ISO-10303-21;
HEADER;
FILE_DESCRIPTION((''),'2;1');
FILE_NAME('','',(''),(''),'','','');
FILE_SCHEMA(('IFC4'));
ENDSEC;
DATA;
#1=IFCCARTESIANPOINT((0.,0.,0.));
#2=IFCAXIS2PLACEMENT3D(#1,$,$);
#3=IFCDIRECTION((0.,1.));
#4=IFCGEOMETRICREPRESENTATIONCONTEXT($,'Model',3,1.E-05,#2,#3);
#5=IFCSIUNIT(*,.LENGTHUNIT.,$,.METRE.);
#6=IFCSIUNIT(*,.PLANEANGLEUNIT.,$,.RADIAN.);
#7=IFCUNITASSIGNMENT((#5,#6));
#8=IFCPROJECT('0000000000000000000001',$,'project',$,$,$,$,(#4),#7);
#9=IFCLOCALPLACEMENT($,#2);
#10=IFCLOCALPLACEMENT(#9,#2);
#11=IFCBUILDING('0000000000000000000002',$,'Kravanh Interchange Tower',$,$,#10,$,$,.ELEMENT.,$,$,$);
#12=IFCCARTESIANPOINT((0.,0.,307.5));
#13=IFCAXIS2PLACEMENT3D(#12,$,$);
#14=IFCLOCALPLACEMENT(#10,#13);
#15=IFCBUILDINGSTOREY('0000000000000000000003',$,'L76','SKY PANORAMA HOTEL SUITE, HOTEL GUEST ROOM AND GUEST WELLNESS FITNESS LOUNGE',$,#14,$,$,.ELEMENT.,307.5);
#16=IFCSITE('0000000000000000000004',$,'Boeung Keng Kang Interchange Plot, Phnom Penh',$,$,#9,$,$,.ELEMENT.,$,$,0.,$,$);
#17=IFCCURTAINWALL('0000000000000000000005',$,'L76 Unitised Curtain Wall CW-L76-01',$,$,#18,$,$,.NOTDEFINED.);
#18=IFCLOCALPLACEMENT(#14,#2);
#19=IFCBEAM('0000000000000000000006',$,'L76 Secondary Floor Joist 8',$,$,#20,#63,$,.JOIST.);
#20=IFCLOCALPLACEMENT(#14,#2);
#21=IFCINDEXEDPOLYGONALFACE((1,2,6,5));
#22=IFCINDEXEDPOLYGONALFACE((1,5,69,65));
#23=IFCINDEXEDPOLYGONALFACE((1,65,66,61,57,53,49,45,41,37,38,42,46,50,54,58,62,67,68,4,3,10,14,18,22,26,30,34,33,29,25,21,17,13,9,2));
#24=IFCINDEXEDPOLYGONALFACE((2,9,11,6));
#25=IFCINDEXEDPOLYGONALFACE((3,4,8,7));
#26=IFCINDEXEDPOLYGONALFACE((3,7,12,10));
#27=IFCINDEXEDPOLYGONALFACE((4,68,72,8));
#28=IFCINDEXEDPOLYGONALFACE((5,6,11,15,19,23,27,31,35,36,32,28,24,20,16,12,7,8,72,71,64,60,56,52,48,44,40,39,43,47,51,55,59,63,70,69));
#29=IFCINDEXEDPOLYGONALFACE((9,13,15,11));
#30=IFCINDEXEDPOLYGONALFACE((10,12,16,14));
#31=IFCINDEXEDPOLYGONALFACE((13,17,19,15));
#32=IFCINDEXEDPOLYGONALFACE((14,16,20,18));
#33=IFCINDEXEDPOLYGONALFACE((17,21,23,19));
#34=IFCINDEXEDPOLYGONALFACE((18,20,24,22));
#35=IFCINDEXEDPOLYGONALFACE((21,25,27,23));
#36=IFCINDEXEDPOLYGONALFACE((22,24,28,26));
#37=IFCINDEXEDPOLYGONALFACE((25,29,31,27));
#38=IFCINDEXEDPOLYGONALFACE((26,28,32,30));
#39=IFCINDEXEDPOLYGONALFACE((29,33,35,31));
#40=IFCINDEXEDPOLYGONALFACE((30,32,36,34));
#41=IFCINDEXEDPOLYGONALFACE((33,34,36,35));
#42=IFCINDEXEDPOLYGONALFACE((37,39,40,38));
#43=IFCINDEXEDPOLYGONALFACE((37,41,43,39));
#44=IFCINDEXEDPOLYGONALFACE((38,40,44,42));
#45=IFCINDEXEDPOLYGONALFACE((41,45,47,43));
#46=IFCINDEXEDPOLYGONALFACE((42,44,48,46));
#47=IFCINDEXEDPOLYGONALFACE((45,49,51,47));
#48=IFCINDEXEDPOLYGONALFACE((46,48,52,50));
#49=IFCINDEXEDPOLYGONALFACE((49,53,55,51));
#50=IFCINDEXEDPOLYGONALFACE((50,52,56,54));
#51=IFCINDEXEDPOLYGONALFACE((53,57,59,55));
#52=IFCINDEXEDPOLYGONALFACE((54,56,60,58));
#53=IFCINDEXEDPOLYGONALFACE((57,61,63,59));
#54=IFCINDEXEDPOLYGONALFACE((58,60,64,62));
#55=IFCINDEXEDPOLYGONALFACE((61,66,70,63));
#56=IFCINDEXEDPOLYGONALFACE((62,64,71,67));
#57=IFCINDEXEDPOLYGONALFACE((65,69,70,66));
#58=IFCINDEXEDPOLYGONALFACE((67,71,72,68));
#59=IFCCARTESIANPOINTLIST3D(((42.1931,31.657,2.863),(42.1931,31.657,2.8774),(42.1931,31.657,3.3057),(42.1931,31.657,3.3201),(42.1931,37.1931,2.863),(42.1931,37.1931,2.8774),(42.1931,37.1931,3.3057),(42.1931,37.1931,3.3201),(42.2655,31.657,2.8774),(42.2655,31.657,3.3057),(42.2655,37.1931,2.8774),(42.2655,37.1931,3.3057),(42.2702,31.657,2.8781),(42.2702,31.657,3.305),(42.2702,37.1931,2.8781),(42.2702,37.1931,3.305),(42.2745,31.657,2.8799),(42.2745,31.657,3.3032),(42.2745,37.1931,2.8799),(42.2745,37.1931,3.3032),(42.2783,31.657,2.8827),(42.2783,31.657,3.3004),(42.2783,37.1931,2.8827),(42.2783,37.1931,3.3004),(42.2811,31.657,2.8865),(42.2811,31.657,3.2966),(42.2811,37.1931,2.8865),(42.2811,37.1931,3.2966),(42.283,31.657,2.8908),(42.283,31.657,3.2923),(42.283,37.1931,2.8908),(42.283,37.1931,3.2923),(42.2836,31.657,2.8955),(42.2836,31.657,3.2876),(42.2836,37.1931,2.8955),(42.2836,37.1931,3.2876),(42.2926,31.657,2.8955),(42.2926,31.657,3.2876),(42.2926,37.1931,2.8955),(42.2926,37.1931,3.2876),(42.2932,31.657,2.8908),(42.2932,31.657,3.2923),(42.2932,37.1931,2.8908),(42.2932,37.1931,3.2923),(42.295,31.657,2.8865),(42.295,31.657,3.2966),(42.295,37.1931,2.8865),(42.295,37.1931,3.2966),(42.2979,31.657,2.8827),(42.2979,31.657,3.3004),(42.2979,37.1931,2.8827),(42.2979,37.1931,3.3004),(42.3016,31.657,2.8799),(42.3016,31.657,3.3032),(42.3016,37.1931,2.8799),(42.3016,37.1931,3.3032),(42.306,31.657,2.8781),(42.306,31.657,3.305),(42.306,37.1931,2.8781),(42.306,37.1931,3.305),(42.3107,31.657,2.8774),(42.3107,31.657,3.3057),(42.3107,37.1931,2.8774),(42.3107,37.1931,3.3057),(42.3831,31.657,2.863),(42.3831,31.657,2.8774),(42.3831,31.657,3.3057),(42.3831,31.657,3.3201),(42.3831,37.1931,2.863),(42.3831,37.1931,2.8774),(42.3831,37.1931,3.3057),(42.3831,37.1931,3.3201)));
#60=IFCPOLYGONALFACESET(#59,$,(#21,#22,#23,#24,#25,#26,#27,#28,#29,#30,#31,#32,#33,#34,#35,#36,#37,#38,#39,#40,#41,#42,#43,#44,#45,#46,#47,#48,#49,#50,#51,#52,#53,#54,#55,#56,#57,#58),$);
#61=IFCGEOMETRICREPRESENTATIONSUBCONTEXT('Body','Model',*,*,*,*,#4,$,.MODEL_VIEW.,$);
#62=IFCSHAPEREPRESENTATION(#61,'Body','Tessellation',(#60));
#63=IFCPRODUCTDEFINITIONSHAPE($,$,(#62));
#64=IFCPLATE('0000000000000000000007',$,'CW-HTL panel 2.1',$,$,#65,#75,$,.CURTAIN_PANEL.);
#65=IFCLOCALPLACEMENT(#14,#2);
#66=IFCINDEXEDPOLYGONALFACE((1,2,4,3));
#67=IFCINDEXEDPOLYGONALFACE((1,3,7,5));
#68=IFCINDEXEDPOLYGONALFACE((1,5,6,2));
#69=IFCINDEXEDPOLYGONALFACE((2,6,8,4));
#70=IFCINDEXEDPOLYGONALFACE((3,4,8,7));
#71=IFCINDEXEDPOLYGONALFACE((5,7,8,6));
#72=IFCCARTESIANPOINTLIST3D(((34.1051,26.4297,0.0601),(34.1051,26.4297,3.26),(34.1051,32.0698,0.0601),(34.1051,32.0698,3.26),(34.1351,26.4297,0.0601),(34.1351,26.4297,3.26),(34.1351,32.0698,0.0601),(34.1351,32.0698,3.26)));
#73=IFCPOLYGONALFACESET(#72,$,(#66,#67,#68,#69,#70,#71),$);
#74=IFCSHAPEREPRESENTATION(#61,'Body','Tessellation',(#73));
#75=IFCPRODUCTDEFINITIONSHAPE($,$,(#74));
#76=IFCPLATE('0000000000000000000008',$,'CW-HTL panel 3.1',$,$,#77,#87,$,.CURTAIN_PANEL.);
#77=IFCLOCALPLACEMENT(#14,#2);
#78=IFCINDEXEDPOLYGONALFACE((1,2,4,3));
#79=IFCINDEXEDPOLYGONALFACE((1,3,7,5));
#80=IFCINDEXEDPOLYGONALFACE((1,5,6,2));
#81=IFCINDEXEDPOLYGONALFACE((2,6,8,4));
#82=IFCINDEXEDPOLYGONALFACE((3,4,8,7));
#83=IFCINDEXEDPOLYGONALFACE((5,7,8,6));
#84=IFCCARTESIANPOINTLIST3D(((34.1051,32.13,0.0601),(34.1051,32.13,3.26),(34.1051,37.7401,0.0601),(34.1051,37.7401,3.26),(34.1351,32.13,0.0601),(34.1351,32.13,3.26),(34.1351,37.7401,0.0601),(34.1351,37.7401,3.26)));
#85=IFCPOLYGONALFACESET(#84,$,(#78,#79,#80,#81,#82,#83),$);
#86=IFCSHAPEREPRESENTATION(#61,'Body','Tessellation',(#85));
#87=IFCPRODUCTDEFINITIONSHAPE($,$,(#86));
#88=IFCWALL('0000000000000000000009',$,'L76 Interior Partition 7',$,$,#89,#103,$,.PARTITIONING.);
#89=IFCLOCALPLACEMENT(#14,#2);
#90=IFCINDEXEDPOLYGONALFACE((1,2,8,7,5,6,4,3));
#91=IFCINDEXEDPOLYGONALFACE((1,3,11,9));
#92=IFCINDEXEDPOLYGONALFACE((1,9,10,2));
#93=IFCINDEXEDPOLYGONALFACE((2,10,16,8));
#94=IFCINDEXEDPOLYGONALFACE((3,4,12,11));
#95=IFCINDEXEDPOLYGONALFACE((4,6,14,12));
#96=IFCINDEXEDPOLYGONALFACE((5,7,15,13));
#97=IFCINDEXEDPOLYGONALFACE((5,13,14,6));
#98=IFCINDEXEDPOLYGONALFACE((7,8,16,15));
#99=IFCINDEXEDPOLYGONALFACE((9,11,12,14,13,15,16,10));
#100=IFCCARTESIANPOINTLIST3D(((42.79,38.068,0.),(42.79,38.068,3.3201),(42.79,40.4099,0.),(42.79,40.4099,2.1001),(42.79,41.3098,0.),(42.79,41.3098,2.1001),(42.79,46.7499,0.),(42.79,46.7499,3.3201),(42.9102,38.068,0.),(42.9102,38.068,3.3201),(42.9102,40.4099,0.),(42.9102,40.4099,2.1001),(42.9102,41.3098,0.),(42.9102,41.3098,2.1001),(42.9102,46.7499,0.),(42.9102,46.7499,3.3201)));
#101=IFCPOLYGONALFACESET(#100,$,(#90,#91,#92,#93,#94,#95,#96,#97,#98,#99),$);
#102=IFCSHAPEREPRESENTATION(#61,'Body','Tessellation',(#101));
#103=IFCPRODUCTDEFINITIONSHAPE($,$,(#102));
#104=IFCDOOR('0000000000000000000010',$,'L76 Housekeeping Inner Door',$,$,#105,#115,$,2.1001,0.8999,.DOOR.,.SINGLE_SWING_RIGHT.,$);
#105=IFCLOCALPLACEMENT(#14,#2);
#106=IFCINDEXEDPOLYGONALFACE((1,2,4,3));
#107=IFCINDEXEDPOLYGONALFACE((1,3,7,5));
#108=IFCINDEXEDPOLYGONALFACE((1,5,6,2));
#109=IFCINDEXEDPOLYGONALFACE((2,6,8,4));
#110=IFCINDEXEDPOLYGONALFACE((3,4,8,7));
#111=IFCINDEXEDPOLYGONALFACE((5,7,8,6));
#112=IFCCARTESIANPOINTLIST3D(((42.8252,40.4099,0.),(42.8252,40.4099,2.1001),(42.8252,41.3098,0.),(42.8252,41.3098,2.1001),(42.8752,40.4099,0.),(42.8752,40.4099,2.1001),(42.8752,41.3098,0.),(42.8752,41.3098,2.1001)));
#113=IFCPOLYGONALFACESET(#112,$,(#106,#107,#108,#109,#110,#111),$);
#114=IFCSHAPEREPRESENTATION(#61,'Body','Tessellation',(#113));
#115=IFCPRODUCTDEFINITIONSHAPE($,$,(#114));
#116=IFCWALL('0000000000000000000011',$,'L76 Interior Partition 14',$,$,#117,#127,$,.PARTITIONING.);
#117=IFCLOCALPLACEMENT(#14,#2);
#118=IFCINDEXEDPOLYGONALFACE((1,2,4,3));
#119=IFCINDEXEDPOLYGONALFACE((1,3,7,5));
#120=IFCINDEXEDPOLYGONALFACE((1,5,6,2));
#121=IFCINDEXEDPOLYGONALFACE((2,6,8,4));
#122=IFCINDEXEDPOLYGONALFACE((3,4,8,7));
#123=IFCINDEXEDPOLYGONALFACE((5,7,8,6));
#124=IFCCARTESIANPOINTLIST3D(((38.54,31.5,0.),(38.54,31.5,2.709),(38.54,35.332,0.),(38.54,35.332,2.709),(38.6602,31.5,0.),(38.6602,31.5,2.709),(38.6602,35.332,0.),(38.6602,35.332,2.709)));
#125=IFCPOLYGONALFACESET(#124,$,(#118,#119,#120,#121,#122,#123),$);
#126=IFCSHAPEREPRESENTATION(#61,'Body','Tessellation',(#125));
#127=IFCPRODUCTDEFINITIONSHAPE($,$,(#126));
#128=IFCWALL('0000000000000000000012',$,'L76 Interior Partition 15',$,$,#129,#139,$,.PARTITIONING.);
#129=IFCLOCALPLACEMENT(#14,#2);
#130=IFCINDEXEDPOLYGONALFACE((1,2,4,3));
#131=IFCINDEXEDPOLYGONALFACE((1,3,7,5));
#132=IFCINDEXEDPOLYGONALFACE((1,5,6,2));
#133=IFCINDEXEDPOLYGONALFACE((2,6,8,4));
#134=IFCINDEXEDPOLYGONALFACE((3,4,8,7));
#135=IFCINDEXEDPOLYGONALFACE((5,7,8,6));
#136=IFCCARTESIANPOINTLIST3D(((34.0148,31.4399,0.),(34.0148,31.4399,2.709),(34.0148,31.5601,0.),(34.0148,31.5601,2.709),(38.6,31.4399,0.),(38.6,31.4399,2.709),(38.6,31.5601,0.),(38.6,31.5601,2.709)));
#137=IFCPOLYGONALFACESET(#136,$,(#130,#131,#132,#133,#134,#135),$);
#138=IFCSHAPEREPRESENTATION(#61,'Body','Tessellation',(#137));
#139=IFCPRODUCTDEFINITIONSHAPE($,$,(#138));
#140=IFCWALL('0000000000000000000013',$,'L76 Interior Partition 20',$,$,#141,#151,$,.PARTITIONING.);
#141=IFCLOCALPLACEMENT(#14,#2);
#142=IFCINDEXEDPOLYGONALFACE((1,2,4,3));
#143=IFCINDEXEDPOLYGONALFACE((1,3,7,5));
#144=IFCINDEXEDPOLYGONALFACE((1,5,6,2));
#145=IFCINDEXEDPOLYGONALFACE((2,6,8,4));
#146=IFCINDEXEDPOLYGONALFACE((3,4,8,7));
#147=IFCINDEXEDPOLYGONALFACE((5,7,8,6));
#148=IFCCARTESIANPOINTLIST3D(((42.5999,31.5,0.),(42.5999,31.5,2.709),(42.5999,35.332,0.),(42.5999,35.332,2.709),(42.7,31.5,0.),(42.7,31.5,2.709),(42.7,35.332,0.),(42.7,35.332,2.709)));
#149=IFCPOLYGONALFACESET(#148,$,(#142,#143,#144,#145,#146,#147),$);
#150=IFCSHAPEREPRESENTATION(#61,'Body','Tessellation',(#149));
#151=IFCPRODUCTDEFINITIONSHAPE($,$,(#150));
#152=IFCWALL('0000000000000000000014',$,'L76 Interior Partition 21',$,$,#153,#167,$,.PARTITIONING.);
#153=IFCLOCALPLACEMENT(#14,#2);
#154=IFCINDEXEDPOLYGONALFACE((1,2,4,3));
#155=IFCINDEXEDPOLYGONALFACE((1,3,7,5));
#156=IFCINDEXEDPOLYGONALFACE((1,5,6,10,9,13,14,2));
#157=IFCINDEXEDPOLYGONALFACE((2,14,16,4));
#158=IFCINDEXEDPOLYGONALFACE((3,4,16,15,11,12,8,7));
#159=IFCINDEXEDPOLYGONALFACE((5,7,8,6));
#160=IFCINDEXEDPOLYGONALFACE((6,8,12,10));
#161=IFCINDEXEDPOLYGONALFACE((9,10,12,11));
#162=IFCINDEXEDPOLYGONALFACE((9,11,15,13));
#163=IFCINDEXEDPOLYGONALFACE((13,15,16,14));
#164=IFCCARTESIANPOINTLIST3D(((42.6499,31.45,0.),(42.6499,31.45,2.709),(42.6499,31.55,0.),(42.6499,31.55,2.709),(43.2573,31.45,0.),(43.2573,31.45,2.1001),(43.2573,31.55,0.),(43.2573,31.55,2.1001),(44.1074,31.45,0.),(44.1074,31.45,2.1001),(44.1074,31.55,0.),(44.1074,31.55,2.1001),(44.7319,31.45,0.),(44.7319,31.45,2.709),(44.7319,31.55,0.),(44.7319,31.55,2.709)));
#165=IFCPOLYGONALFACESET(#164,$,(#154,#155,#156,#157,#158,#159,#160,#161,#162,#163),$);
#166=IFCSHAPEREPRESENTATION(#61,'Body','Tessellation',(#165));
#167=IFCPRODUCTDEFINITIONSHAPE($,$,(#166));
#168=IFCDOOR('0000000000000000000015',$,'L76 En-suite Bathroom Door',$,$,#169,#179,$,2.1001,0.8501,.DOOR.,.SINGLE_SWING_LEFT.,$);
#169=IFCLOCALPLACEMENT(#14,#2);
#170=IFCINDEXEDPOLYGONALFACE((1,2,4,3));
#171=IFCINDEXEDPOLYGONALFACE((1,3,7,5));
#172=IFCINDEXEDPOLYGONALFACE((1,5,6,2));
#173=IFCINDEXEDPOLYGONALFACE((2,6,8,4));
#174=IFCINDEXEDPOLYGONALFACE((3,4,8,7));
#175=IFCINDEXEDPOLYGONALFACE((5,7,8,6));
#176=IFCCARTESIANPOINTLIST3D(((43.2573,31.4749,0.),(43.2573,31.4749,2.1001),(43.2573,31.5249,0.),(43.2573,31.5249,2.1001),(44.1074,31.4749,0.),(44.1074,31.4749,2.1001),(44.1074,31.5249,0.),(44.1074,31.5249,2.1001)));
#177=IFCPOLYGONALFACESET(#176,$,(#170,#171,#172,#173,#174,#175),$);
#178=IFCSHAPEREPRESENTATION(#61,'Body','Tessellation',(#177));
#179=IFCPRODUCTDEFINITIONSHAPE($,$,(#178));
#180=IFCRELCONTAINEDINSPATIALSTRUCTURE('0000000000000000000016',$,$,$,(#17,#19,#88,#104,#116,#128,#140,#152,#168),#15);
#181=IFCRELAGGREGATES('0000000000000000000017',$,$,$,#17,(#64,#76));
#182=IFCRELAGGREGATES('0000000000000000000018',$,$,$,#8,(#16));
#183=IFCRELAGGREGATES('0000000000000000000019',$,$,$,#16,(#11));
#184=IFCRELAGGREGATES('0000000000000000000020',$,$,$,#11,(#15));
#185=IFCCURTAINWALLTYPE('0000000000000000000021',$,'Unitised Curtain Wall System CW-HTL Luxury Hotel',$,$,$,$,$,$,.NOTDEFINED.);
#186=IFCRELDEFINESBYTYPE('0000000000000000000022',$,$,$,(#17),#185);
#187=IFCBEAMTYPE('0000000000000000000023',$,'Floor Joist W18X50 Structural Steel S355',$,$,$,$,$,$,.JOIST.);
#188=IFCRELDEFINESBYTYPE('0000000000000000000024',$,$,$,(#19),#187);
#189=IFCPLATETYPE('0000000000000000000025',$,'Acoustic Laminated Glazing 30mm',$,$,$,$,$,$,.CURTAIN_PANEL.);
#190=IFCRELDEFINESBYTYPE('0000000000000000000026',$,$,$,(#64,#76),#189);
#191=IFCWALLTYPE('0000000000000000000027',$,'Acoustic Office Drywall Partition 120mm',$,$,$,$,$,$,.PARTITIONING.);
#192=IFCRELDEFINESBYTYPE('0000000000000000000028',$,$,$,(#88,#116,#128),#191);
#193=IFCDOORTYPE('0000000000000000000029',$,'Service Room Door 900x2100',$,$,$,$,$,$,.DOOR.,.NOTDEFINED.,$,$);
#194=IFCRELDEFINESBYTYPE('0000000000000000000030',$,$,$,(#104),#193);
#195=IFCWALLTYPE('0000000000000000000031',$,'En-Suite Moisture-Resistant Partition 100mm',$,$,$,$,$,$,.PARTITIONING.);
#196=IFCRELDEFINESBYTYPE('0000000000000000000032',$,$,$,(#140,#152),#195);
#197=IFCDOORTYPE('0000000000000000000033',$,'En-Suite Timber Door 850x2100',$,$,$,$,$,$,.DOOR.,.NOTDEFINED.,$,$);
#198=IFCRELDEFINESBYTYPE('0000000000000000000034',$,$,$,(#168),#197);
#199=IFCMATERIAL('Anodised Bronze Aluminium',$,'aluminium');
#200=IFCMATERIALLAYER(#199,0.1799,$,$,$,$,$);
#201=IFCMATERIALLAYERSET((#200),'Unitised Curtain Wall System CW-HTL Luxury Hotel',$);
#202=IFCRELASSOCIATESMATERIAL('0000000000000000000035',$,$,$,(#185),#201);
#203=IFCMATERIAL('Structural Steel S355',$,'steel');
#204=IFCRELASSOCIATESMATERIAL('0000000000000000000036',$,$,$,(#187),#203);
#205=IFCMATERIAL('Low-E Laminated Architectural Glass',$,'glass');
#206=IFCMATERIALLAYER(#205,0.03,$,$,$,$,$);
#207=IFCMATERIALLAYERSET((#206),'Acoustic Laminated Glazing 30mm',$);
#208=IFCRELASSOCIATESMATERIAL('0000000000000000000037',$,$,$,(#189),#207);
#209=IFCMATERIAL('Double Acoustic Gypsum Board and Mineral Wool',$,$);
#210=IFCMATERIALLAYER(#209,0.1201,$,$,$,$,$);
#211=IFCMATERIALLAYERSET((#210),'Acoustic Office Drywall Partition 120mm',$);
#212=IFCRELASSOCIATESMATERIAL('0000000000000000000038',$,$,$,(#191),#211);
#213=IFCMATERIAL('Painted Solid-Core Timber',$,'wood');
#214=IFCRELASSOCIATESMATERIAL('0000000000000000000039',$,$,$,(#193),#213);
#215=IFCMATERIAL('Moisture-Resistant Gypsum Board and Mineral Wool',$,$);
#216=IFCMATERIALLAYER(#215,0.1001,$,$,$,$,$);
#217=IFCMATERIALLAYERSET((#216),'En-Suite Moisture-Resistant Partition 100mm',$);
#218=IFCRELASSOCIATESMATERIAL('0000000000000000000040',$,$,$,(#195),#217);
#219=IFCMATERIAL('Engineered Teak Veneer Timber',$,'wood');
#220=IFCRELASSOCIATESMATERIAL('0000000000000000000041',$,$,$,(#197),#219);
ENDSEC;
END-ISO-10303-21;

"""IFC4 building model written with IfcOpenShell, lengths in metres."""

from ifc_helpers import new_model, si_unit, direction, frame, frame_2d, origin, origin_2d, place, context, subcontext, project, spatial, rectangle, i_section, extrude, material, layer, layer_set, material_profile, profile_set, type_object, element, fill, aggregate, save


model = new_model("IFC4")

# Units and contexts
model_context = context("Model", 3, precision=1e-05, world=origin(), true_north=direction((0.0, 1.0)))
body_context = subcontext(model_context, "Body", "Model", "MODEL_VIEW")
ifc_project = project(units=[si_unit("LENGTHUNIT", "METRE"), si_unit("PLANEANGLEUNIT", "RADIAN")], contexts=[model_context])

# Site, building, storey
site_placement = place(None, origin())
site = spatial("IfcSite", under=ifc_project, at=site_placement, Name="Boeung Keng Kang Interchange Plot, Phnom Penh", CompositionType="ELEMENT", RefElevation=0.0)
building_placement = place(site_placement, origin())
building = spatial("IfcBuilding", under=site, at=building_placement, Name="Kravanh Interchange Tower", CompositionType="ELEMENT")
storey_placement = place(building_placement, frame((0.0, 0.0, 307.5)))
storey = spatial("IfcBuildingStorey", under=building, at=storey_placement, Name="L76", Description="SKY PANORAMA HOTEL SUITE, HOTEL GUEST ROOM AND GUEST WELLNESS FITNESS LOUNGE", CompositionType="ELEMENT", Elevation=307.5)

# Curtain wall
ifc_material_1 = material(Name="Anodised Bronze Aluminium", Category="aluminium")
ifc_layer_1 = layer(ifc_material_1, 0.1799)
ifc_layer_set_1 = layer_set([ifc_layer_1], Name="Unitised Curtain Wall System CW-HTL Luxury Hotel")
curtain_wall_type = type_object("IfcCurtainWallType", Name="Unitised Curtain Wall System CW-HTL Luxury Hotel", PredefinedType="NOTDEFINED", material=ifc_layer_set_1)
curtain_wall_placement = place(storey_placement, origin())
curtain_wall = element("IfcCurtainWall", 1, at=curtain_wall_placement, inside=storey, type_object=curtain_wall_type, Name="L76 Unitised Curtain Wall CW-L76-01", PredefinedType="NOTDEFINED")

# Beam
ifc_material_2 = material(Name="Structural Steel S355", Category="steel")
ifc_material_profile_1 = material_profile(ifc_material_2, i_section(OverallWidth=0.1899, OverallDepth=0.457, WebThickness=0.009, FlangeThickness=0.0144, FilletRadius=0.0181, at=origin_2d()), Name="W18X50")
ifc_profile_set_1 = profile_set([ifc_material_profile_1], Name="Structural Steel S355")
beam_type_1 = type_object("IfcBeamType", Name="Floor Joist W18X50 Structural Steel S355", PredefinedType="JOIST", material=ifc_profile_set_1)
for number, where, z_axis, x_axis, name in (
    (2, (42.2881, 31.657, 3.0916), (0.0, 1.0, 0.0), (-1.0, 0.0, 0.0), "L76 Secondary Floor Joist 8"),
):
    element("IfcBeam", number, at=place(storey_placement, frame(where, z_axis=z_axis, x_axis=x_axis)), inside=storey, type_object=beam_type_1, Name=name, PredefinedType="JOIST", context=body_context, shape_type="SweptSolid", body=[
        extrude(i_section(OverallWidth=0.1899, OverallDepth=0.457, WebThickness=0.009, FlangeThickness=0.0144, FilletRadius=0.0181, at=origin_2d()), origin(), (0.0, 0.0, 1.0), 5.5361),
    ])

# Plates
ifc_material_3 = material(Name="Low-E Laminated Architectural Glass", Category="glass")
ifc_layer_2 = layer(ifc_material_3, 0.03)
ifc_layer_set_2 = layer_set([ifc_layer_2], Name="Acoustic Laminated Glazing 30mm")
plate_type = type_object("IfcPlateType", Name="Acoustic Laminated Glazing 30mm", PredefinedType="CURTAIN_PANEL", material=ifc_layer_set_2)
plate_1_placement = place(storey_placement, frame((34.1201, 29.2498, 0.0601), z_axis=(0.0, 0.0, 1.0), x_axis=(0.0, 1.0, 0.0)))
plate_1 = element("IfcPlate", 3, at=plate_1_placement, type_object=plate_type, Name="CW-HTL panel 2.1", PredefinedType="CURTAIN_PANEL", context=body_context, shape_type="SweptSolid", body=[
    extrude(rectangle(XDim=5.6401, YDim=0.03, at=origin_2d()), origin(), (0.0, 0.0, 1.0), 3.2),
])
plate_2_placement = place(storey_placement, frame((34.1201, 34.9351, 0.0601), z_axis=(0.0, 0.0, 1.0), x_axis=(0.0, 1.0, 0.0)))
plate_2 = element("IfcPlate", 4, at=plate_2_placement, type_object=plate_type, Name="CW-HTL panel 3.1", PredefinedType="CURTAIN_PANEL", context=body_context, shape_type="SweptSolid", body=[
    extrude(rectangle(XDim=5.6101, YDim=0.03, at=origin_2d()), origin(), (0.0, 0.0, 1.0), 3.2),
])
aggregate(curtain_wall, [plate_1, plate_2])

# Wall, opening, door
ifc_material_4 = material(Name="Double Acoustic Gypsum Board and Mineral Wool")
ifc_layer_3 = layer(ifc_material_4, 0.1201)
ifc_layer_set_3 = layer_set([ifc_layer_3], Name="Acoustic Office Drywall Partition 120mm")
wall_type_1 = type_object("IfcWallType", Name="Acoustic Office Drywall Partition 120mm", PredefinedType="PARTITIONING", material=ifc_layer_set_3)
wall_1_placement = place(storey_placement, frame((42.8501, 38.0681, 0.0), z_axis=(0.0, 0.0, 1.0), x_axis=(0.0, 1.0, 0.0)))
wall_1 = element("IfcWall", 5, at=wall_1_placement, inside=storey, type_object=wall_type_1, Name="L76 Interior Partition 7", PredefinedType="PARTITIONING", context=body_context, shape_type="SweptSolid", body=[
    extrude(rectangle(XDim=8.6819, YDim=0.1201, at=frame_2d((4.3408, 0.0))), origin(), (0.0, 0.0, 1.0), 3.3201),
])
opening_1_placement = place(wall_1_placement, frame((2.3418, 0.0, 0.0)))
opening_1 = element("IfcOpeningElement", 6, at=opening_1_placement, cuts=wall_1, PredefinedType="OPENING", context=body_context, shape_type="SweptSolid", body=[
    extrude(rectangle(XDim=0.8999, YDim=2.1001, at=frame_2d((0.45, 1.05))), frame((0.0, 0.0701, 0.0), z_axis=(0.0, -1.0, 0.0), x_axis=(1.0, 0.0, 0.0)), (0.0, 0.0, 1.0), 0.1401),
])
ifc_material_5 = material(Name="Painted Solid-Core Timber", Category="wood")
door_type_1 = type_object("IfcDoorType", Name="Service Room Door 900x2100", OperationType="NOTDEFINED", PredefinedType="DOOR", material=ifc_material_5)
door_1_placement = place(opening_1_placement, origin())
door_1 = element("IfcDoor", 7, at=door_1_placement, inside=storey, type_object=door_type_1, Name="L76 Housekeeping Inner Door", OperationType="SINGLE_SWING_RIGHT", OverallHeight=2.1001, OverallWidth=0.8999, PredefinedType="DOOR", context=body_context, shape_type="SweptSolid", body=[
    extrude(rectangle(XDim=0.8999, YDim=2.1001, at=frame_2d((0.45, 1.05))), frame((0.0, 0.0249, 0.0), z_axis=(0.0, -1.0, 0.0), x_axis=(1.0, 0.0, 0.0)), (0.0, 0.0, 1.0), 0.05),
])
fill(opening_1, door_1)

# Walls
wall_2_placement = place(storey_placement, frame((38.6001, 31.5, 0.0), z_axis=(0.0, 0.0, 1.0), x_axis=(0.0, 1.0, 0.0)))
element("IfcWall", 8, at=wall_2_placement, inside=storey, type_object=wall_type_1, Name="L76 Interior Partition 14", PredefinedType="PARTITIONING", context=body_context, shape_type="SweptSolid", body=[
    extrude(rectangle(XDim=3.832, YDim=0.1201, at=frame_2d((1.916, 0.0))), origin(), (0.0, 0.0, 1.0), 2.709),
])
wall_3_placement = place(storey_placement, frame((34.0149, 31.5, 0.0), z_axis=(0.0, 0.0, 1.0), x_axis=(1.0, 0.0, 0.0)))
element("IfcWall", 9, at=wall_3_placement, inside=storey, type_object=wall_type_1, Name="L76 Interior Partition 15", PredefinedType="PARTITIONING", context=body_context, shape_type="SweptSolid", body=[
    extrude(rectangle(XDim=4.5852, YDim=0.1201, at=frame_2d((2.2925, 0.0))), origin(), (0.0, 0.0, 1.0), 2.709),
])
ifc_material_6 = material(Name="Moisture-Resistant Gypsum Board and Mineral Wool")
ifc_layer_4 = layer(ifc_material_6, 0.1001)
ifc_layer_set_4 = layer_set([ifc_layer_4], Name="En-Suite Moisture-Resistant Partition 100mm")
wall_type_2 = type_object("IfcWallType", Name="En-Suite Moisture-Resistant Partition 100mm", PredefinedType="PARTITIONING", material=ifc_layer_set_4)
wall_4_placement = place(storey_placement, frame((42.6499, 31.5, 0.0), z_axis=(0.0, 0.0, 1.0), x_axis=(0.0, 1.0, 0.0)))
element("IfcWall", 10, at=wall_4_placement, inside=storey, type_object=wall_type_2, Name="L76 Interior Partition 20", PredefinedType="PARTITIONING", context=body_context, shape_type="SweptSolid", body=[
    extrude(rectangle(XDim=3.832, YDim=0.1001, at=frame_2d((1.916, 0.0))), origin(), (0.0, 0.0, 1.0), 2.709),
])

# Wall, opening, door
wall_5_placement = place(storey_placement, frame((42.6499, 31.5, 0.0), z_axis=(0.0, 0.0, 1.0), x_axis=(1.0, 0.0, 0.0)))
wall_5 = element("IfcWall", 11, at=wall_5_placement, inside=storey, type_object=wall_type_2, Name="L76 Interior Partition 21", PredefinedType="PARTITIONING", context=body_context, shape_type="SweptSolid", body=[
    extrude(rectangle(XDim=2.082, YDim=0.1001, at=frame_2d((1.041, 0.0))), origin(), (0.0, 0.0, 1.0), 2.709),
])
opening_2_placement = place(wall_5_placement, frame((0.6074, 0.0, 0.0)))
opening_2 = element("IfcOpeningElement", 12, at=opening_2_placement, cuts=wall_5, PredefinedType="OPENING", context=body_context, shape_type="SweptSolid", body=[
    extrude(rectangle(XDim=0.8501, YDim=2.1001, at=frame_2d((0.425, 1.05))), frame((0.0, 0.0601, 0.0), z_axis=(0.0, -1.0, 0.0), x_axis=(1.0, 0.0, 0.0)), (0.0, 0.0, 1.0), 0.1201),
])
ifc_material_7 = material(Name="Engineered Teak Veneer Timber", Category="wood")
door_type_2 = type_object("IfcDoorType", Name="En-Suite Timber Door 850x2100", OperationType="NOTDEFINED", PredefinedType="DOOR", material=ifc_material_7)
door_2_placement = place(opening_2_placement, origin())
door_2 = element("IfcDoor", 13, at=door_2_placement, inside=storey, type_object=door_type_2, Name="L76 En-suite Bathroom Door", OperationType="SINGLE_SWING_LEFT", OverallHeight=2.1001, OverallWidth=0.8501, PredefinedType="DOOR", context=body_context, shape_type="SweptSolid", body=[
    extrude(rectangle(XDim=0.8501, YDim=2.1001, at=frame_2d((0.425, 1.05))), frame((0.0, 0.0249, 0.0), z_axis=(0.0, -1.0, 0.0), x_axis=(1.0, 0.0, 0.0)), (0.0, 0.0, 1.0), 0.05),
])
fill(opening_2, door_2)

save(model, "model.ifc")
